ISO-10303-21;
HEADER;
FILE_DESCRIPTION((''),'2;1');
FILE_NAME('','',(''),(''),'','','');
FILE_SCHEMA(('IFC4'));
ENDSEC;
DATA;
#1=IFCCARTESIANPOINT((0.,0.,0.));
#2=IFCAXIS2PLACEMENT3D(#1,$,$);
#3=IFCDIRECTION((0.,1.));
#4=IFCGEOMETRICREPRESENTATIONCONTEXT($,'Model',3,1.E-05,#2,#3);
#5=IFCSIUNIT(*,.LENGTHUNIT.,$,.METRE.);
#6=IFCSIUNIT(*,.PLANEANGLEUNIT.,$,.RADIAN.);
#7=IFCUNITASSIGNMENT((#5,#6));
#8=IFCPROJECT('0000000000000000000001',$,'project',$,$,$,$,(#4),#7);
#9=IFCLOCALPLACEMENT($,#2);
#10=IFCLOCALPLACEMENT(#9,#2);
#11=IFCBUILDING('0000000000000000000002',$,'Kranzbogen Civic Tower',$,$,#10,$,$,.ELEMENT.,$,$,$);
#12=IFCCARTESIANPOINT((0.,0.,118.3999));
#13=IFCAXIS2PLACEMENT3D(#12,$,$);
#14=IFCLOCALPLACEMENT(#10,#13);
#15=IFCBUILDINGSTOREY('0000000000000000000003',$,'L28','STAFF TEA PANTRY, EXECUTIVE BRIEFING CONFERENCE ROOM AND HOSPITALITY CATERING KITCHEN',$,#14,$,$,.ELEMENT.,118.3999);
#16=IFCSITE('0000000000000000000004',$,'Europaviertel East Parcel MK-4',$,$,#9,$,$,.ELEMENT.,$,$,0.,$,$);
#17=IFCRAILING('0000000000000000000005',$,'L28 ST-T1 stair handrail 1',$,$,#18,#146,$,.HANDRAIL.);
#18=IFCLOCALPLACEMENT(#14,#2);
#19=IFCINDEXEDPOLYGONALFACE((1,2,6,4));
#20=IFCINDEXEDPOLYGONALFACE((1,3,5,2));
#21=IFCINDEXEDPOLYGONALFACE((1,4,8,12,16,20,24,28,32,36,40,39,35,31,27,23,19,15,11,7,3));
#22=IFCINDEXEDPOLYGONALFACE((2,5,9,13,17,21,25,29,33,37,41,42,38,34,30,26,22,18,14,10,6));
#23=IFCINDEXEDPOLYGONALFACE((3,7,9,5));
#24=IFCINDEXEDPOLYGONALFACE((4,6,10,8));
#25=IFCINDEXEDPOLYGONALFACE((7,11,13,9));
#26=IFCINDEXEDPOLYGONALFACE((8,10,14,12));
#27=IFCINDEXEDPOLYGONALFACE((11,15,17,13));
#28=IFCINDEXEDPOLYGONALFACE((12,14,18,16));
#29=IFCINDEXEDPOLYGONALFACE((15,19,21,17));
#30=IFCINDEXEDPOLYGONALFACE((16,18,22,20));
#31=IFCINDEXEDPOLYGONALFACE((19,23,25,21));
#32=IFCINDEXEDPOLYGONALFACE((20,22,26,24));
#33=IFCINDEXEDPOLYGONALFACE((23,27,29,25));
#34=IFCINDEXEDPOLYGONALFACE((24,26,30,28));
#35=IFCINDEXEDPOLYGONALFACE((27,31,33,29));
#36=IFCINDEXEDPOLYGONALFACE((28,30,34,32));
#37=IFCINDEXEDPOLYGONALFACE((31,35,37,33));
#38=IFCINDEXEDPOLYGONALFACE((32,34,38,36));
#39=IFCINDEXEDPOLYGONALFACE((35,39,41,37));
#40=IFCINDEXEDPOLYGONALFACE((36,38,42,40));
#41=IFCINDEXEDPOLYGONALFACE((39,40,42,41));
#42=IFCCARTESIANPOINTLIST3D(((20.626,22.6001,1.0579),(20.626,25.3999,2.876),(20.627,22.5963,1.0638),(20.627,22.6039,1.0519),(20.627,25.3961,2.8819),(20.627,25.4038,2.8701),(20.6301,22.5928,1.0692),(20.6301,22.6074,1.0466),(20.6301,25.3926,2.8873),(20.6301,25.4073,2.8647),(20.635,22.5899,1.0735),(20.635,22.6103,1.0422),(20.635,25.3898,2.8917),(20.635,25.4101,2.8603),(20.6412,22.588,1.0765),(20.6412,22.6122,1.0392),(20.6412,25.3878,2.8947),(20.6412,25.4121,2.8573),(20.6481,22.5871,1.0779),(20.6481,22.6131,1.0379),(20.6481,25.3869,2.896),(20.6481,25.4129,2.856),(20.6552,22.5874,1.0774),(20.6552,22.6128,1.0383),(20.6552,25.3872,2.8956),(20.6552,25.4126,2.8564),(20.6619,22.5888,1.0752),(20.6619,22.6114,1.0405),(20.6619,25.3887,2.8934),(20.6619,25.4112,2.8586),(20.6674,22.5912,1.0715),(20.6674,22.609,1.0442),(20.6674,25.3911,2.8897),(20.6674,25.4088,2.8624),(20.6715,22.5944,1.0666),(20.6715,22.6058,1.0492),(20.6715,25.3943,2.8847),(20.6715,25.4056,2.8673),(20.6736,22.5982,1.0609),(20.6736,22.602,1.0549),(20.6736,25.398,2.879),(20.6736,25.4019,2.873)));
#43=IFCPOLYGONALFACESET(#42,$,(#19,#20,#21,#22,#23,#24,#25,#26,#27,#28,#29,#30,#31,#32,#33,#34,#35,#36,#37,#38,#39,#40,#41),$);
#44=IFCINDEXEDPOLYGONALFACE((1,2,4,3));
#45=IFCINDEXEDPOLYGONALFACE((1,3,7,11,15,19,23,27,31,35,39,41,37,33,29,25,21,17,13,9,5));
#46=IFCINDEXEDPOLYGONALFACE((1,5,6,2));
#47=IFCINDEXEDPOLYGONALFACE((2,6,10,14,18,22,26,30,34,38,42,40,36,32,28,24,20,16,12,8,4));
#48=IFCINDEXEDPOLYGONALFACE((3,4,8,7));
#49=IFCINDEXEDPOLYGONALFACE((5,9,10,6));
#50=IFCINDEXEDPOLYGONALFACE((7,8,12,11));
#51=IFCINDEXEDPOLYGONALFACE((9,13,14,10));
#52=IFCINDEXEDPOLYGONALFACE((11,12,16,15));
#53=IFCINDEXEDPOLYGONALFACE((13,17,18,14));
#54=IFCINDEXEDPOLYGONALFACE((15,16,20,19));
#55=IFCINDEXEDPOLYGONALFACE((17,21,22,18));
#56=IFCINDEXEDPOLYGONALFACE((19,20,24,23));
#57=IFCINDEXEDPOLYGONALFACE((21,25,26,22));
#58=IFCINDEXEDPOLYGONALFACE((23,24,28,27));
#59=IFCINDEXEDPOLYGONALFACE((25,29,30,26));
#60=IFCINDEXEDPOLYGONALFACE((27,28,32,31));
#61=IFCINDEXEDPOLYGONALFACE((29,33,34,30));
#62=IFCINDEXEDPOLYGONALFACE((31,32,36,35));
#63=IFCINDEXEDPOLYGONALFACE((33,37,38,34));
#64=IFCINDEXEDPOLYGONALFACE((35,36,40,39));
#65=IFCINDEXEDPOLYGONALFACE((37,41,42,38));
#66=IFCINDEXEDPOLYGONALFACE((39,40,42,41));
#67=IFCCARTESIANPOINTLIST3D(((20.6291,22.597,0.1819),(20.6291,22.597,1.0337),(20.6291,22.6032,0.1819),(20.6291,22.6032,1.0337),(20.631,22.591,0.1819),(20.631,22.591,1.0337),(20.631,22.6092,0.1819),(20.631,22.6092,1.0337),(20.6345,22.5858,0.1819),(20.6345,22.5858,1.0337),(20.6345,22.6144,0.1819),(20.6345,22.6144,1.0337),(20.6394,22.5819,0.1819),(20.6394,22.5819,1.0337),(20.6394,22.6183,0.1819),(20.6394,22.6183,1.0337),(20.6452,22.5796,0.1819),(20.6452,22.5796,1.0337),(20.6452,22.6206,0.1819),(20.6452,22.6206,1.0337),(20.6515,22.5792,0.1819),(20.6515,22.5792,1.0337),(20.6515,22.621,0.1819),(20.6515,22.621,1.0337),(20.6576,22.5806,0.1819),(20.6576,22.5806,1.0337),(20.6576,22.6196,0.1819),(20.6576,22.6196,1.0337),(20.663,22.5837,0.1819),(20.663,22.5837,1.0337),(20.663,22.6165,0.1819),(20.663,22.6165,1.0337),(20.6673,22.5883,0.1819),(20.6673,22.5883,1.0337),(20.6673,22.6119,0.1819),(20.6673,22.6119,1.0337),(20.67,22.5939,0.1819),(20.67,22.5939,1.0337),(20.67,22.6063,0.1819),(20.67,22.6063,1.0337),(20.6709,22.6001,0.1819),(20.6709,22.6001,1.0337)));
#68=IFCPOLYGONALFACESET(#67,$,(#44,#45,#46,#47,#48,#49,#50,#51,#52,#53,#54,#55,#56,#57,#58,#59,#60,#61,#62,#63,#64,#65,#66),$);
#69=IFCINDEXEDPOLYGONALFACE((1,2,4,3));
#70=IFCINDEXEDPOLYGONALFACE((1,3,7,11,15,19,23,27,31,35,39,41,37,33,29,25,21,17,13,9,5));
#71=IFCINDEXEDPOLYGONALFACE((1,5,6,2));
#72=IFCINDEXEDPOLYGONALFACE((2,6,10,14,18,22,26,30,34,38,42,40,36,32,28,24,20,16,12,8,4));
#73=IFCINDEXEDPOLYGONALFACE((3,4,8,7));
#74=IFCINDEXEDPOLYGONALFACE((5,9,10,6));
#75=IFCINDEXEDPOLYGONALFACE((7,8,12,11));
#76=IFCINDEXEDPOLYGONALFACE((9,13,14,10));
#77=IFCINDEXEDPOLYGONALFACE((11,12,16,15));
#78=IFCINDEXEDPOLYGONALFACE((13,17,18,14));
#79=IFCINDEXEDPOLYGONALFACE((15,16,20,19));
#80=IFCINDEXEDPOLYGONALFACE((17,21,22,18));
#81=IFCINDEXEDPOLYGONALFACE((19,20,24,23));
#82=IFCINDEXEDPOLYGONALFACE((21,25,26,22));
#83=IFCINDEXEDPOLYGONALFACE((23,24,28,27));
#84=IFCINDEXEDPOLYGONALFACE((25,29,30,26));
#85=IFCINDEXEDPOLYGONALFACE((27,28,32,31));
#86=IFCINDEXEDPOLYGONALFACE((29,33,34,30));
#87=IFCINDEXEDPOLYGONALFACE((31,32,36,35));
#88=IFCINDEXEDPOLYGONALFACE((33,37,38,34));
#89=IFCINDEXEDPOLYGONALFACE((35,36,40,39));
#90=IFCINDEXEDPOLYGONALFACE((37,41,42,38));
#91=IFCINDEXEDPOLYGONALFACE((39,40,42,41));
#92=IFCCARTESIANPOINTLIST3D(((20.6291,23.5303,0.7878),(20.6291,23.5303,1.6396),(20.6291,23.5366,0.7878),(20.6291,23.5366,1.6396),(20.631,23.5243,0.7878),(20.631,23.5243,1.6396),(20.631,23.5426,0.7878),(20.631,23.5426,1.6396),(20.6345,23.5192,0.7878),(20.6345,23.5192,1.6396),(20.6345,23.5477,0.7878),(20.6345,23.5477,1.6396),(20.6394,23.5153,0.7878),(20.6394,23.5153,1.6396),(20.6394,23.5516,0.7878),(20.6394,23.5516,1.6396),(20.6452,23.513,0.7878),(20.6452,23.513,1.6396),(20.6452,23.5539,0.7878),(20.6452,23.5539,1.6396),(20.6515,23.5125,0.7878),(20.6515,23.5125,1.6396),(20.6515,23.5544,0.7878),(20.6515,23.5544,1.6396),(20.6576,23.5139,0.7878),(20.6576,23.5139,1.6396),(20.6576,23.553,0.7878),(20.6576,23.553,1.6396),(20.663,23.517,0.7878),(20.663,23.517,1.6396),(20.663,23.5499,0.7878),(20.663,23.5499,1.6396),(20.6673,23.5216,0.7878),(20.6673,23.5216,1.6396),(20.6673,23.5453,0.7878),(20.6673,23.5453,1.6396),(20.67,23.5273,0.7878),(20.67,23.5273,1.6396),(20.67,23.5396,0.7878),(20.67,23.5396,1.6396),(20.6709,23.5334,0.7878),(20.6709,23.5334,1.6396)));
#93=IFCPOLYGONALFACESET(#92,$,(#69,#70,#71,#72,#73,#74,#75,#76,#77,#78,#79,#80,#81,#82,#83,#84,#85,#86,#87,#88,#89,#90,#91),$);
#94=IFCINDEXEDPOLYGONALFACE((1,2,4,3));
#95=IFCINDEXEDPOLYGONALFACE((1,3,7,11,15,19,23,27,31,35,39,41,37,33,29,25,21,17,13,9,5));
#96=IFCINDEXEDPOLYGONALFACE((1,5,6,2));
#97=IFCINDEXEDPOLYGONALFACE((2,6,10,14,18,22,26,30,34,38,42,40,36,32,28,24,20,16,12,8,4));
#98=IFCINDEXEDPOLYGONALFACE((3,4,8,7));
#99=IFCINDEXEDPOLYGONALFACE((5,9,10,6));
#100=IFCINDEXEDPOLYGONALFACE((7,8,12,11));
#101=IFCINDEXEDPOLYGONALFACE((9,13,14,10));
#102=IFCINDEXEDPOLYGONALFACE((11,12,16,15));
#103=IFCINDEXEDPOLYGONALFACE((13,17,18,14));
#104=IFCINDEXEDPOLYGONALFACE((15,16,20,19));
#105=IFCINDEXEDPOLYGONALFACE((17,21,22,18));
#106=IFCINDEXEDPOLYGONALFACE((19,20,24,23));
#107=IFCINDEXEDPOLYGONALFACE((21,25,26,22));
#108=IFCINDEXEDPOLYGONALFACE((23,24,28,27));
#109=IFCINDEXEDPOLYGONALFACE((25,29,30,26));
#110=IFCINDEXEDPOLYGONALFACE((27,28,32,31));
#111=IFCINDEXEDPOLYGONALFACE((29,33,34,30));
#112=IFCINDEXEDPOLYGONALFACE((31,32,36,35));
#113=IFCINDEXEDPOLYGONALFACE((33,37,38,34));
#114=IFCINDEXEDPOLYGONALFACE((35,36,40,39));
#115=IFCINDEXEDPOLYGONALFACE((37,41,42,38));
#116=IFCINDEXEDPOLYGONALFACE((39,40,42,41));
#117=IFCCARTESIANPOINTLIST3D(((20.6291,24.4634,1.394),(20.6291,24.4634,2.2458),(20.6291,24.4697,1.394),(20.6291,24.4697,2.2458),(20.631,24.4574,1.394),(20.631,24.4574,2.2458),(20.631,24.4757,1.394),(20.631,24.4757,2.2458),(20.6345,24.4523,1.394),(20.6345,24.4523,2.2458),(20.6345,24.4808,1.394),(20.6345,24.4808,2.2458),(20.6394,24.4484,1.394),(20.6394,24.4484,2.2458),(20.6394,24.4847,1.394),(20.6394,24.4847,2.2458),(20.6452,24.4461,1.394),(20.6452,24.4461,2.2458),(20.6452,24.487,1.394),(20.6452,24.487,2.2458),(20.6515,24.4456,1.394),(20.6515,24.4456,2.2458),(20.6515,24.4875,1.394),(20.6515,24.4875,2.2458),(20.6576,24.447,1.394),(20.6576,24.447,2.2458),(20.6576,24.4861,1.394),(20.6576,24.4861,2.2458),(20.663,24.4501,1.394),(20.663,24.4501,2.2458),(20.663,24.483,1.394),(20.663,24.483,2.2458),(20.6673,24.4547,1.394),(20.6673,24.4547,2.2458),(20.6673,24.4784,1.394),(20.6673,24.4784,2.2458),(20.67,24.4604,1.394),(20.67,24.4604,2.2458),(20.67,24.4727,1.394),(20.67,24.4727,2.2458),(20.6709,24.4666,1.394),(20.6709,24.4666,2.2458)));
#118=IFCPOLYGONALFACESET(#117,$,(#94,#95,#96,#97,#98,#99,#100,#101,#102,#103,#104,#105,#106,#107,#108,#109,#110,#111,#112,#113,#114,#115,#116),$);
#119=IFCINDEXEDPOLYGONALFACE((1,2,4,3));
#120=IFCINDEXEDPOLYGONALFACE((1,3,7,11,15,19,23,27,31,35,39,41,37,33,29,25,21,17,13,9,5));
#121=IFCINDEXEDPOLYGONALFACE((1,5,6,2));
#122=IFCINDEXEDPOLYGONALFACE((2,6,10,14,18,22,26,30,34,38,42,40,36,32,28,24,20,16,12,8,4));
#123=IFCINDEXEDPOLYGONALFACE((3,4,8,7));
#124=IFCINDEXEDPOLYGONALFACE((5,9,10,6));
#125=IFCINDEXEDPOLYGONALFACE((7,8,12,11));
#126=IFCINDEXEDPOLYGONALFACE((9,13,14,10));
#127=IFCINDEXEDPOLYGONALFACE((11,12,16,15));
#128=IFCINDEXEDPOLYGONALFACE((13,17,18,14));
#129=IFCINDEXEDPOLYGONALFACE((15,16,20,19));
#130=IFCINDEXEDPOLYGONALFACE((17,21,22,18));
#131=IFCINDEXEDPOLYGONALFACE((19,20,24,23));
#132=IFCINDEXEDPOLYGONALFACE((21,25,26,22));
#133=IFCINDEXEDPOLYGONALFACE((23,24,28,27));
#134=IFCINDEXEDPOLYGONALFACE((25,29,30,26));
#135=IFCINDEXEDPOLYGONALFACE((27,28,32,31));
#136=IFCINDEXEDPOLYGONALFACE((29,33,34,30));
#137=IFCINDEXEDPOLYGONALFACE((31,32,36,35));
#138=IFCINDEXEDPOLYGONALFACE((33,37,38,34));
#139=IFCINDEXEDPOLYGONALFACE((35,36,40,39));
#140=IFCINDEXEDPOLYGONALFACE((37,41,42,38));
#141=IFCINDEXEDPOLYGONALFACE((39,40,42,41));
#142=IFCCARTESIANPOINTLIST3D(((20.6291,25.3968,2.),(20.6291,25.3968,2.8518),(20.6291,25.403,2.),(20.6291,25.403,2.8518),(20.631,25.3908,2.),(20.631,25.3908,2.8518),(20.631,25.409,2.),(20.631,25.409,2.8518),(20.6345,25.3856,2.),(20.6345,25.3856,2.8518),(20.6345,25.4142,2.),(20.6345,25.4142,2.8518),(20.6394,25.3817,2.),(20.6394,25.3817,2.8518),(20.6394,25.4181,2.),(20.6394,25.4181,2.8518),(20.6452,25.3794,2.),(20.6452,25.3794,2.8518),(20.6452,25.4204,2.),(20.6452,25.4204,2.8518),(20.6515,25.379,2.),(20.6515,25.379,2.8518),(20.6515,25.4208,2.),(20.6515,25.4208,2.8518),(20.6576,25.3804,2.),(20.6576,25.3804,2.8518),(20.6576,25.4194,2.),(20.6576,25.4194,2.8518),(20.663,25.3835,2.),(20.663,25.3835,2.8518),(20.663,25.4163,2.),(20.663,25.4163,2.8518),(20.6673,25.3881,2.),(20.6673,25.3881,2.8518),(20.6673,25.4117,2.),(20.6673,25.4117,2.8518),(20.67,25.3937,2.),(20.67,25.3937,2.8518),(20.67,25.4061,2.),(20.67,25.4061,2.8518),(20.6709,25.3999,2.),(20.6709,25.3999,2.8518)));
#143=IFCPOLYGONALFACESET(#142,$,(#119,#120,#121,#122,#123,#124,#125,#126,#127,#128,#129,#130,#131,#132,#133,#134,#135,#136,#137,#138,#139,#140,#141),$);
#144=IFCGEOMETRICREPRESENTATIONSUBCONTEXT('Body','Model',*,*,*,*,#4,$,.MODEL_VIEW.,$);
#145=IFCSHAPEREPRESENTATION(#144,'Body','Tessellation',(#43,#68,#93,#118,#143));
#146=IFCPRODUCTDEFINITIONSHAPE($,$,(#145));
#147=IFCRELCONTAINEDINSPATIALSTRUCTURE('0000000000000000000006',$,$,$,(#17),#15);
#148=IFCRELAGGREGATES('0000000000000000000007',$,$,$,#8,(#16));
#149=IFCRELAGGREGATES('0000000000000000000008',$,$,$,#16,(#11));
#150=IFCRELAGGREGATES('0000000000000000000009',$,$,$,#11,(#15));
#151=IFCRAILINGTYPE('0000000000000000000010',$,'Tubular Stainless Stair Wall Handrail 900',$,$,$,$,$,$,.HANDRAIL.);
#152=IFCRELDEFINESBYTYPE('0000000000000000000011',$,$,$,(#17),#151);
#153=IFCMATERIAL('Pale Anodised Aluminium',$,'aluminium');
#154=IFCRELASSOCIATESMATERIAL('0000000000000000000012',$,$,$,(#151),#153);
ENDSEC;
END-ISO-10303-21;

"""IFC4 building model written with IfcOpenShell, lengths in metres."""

from ifc_helpers import new_model, si_unit, direction, frame, origin, origin_2d, place, context, subcontext, project, spatial, circle, extrude, material, type_object, element, save


model = new_model("IFC4")

# Units and contexts
model_context = context("Model", 3, precision=1e-05, world=origin(), true_north=direction((0.0, 1.0)))
body_context = subcontext(model_context, "Body", "Model", "MODEL_VIEW")
ifc_project = project(units=[si_unit("LENGTHUNIT", "METRE"), si_unit("PLANEANGLEUNIT", "RADIAN")], contexts=[model_context])

# Site, building, storey
site_placement = place(None, origin())
site = spatial("IfcSite", under=ifc_project, at=site_placement, Name="Europaviertel East Parcel MK-4", CompositionType="ELEMENT", RefElevation=0.0)
building_placement = place(site_placement, origin())
building = spatial("IfcBuilding", under=site, at=building_placement, Name="Kranzbogen Civic Tower", CompositionType="ELEMENT")
storey_placement = place(building_placement, frame((0.0, 0.0, 118.3999)))
storey = spatial("IfcBuildingStorey", under=building, at=storey_placement, Name="L28", Description="STAFF TEA PANTRY, EXECUTIVE BRIEFING CONFERENCE ROOM AND HOSPITALITY CATERING KITCHEN", CompositionType="ELEMENT", Elevation=118.3999)

# Shared definitions
ifc_material_1 = material(Name="Pale Anodised Aluminium", Category="aluminium")

# Railing
railing_type_1 = type_object("IfcRailingType", Name="Tubular Stainless Stair Wall Handrail 900", PredefinedType="HANDRAIL", material=ifc_material_1)
railing_1_placement = place(storey_placement, frame((20.6499, 22.6001, 0.1819)))
element("IfcRailing", 1, at=railing_1_placement, inside=storey, type_object=railing_type_1, Name="L28 ST-T1 stair handrail 1", PredefinedType="HANDRAIL", context=body_context, shape_type="SweptSolid", body=[
    extrude(circle(Radius=0.0239, at=origin_2d()), frame((0.0, 0.0, 0.876), z_axis=(0.0, 0.838684, 0.544618), x_axis=(-1.0, 0.0, 0.0)), (0.0, 0.0, 1.0), 3.3384),
    extrude(circle(Radius=0.021, at=origin_2d()), origin(), (0.0, 0.0, 1.0), 0.8518),
    extrude(circle(Radius=0.021, at=origin_2d()), frame((0.0, 0.9333, 0.606)), (0.0, 0.0, 1.0), 0.8518),
    extrude(circle(Radius=0.021, at=origin_2d()), frame((0.0, 1.8665, 1.2122)), (0.0, 0.0, 1.0), 0.8518),
    extrude(circle(Radius=0.021, at=origin_2d()), frame((0.0, 2.7998, 1.8181)), (0.0, 0.0, 1.0), 0.8518),
])

save(model, "model.ifc")
